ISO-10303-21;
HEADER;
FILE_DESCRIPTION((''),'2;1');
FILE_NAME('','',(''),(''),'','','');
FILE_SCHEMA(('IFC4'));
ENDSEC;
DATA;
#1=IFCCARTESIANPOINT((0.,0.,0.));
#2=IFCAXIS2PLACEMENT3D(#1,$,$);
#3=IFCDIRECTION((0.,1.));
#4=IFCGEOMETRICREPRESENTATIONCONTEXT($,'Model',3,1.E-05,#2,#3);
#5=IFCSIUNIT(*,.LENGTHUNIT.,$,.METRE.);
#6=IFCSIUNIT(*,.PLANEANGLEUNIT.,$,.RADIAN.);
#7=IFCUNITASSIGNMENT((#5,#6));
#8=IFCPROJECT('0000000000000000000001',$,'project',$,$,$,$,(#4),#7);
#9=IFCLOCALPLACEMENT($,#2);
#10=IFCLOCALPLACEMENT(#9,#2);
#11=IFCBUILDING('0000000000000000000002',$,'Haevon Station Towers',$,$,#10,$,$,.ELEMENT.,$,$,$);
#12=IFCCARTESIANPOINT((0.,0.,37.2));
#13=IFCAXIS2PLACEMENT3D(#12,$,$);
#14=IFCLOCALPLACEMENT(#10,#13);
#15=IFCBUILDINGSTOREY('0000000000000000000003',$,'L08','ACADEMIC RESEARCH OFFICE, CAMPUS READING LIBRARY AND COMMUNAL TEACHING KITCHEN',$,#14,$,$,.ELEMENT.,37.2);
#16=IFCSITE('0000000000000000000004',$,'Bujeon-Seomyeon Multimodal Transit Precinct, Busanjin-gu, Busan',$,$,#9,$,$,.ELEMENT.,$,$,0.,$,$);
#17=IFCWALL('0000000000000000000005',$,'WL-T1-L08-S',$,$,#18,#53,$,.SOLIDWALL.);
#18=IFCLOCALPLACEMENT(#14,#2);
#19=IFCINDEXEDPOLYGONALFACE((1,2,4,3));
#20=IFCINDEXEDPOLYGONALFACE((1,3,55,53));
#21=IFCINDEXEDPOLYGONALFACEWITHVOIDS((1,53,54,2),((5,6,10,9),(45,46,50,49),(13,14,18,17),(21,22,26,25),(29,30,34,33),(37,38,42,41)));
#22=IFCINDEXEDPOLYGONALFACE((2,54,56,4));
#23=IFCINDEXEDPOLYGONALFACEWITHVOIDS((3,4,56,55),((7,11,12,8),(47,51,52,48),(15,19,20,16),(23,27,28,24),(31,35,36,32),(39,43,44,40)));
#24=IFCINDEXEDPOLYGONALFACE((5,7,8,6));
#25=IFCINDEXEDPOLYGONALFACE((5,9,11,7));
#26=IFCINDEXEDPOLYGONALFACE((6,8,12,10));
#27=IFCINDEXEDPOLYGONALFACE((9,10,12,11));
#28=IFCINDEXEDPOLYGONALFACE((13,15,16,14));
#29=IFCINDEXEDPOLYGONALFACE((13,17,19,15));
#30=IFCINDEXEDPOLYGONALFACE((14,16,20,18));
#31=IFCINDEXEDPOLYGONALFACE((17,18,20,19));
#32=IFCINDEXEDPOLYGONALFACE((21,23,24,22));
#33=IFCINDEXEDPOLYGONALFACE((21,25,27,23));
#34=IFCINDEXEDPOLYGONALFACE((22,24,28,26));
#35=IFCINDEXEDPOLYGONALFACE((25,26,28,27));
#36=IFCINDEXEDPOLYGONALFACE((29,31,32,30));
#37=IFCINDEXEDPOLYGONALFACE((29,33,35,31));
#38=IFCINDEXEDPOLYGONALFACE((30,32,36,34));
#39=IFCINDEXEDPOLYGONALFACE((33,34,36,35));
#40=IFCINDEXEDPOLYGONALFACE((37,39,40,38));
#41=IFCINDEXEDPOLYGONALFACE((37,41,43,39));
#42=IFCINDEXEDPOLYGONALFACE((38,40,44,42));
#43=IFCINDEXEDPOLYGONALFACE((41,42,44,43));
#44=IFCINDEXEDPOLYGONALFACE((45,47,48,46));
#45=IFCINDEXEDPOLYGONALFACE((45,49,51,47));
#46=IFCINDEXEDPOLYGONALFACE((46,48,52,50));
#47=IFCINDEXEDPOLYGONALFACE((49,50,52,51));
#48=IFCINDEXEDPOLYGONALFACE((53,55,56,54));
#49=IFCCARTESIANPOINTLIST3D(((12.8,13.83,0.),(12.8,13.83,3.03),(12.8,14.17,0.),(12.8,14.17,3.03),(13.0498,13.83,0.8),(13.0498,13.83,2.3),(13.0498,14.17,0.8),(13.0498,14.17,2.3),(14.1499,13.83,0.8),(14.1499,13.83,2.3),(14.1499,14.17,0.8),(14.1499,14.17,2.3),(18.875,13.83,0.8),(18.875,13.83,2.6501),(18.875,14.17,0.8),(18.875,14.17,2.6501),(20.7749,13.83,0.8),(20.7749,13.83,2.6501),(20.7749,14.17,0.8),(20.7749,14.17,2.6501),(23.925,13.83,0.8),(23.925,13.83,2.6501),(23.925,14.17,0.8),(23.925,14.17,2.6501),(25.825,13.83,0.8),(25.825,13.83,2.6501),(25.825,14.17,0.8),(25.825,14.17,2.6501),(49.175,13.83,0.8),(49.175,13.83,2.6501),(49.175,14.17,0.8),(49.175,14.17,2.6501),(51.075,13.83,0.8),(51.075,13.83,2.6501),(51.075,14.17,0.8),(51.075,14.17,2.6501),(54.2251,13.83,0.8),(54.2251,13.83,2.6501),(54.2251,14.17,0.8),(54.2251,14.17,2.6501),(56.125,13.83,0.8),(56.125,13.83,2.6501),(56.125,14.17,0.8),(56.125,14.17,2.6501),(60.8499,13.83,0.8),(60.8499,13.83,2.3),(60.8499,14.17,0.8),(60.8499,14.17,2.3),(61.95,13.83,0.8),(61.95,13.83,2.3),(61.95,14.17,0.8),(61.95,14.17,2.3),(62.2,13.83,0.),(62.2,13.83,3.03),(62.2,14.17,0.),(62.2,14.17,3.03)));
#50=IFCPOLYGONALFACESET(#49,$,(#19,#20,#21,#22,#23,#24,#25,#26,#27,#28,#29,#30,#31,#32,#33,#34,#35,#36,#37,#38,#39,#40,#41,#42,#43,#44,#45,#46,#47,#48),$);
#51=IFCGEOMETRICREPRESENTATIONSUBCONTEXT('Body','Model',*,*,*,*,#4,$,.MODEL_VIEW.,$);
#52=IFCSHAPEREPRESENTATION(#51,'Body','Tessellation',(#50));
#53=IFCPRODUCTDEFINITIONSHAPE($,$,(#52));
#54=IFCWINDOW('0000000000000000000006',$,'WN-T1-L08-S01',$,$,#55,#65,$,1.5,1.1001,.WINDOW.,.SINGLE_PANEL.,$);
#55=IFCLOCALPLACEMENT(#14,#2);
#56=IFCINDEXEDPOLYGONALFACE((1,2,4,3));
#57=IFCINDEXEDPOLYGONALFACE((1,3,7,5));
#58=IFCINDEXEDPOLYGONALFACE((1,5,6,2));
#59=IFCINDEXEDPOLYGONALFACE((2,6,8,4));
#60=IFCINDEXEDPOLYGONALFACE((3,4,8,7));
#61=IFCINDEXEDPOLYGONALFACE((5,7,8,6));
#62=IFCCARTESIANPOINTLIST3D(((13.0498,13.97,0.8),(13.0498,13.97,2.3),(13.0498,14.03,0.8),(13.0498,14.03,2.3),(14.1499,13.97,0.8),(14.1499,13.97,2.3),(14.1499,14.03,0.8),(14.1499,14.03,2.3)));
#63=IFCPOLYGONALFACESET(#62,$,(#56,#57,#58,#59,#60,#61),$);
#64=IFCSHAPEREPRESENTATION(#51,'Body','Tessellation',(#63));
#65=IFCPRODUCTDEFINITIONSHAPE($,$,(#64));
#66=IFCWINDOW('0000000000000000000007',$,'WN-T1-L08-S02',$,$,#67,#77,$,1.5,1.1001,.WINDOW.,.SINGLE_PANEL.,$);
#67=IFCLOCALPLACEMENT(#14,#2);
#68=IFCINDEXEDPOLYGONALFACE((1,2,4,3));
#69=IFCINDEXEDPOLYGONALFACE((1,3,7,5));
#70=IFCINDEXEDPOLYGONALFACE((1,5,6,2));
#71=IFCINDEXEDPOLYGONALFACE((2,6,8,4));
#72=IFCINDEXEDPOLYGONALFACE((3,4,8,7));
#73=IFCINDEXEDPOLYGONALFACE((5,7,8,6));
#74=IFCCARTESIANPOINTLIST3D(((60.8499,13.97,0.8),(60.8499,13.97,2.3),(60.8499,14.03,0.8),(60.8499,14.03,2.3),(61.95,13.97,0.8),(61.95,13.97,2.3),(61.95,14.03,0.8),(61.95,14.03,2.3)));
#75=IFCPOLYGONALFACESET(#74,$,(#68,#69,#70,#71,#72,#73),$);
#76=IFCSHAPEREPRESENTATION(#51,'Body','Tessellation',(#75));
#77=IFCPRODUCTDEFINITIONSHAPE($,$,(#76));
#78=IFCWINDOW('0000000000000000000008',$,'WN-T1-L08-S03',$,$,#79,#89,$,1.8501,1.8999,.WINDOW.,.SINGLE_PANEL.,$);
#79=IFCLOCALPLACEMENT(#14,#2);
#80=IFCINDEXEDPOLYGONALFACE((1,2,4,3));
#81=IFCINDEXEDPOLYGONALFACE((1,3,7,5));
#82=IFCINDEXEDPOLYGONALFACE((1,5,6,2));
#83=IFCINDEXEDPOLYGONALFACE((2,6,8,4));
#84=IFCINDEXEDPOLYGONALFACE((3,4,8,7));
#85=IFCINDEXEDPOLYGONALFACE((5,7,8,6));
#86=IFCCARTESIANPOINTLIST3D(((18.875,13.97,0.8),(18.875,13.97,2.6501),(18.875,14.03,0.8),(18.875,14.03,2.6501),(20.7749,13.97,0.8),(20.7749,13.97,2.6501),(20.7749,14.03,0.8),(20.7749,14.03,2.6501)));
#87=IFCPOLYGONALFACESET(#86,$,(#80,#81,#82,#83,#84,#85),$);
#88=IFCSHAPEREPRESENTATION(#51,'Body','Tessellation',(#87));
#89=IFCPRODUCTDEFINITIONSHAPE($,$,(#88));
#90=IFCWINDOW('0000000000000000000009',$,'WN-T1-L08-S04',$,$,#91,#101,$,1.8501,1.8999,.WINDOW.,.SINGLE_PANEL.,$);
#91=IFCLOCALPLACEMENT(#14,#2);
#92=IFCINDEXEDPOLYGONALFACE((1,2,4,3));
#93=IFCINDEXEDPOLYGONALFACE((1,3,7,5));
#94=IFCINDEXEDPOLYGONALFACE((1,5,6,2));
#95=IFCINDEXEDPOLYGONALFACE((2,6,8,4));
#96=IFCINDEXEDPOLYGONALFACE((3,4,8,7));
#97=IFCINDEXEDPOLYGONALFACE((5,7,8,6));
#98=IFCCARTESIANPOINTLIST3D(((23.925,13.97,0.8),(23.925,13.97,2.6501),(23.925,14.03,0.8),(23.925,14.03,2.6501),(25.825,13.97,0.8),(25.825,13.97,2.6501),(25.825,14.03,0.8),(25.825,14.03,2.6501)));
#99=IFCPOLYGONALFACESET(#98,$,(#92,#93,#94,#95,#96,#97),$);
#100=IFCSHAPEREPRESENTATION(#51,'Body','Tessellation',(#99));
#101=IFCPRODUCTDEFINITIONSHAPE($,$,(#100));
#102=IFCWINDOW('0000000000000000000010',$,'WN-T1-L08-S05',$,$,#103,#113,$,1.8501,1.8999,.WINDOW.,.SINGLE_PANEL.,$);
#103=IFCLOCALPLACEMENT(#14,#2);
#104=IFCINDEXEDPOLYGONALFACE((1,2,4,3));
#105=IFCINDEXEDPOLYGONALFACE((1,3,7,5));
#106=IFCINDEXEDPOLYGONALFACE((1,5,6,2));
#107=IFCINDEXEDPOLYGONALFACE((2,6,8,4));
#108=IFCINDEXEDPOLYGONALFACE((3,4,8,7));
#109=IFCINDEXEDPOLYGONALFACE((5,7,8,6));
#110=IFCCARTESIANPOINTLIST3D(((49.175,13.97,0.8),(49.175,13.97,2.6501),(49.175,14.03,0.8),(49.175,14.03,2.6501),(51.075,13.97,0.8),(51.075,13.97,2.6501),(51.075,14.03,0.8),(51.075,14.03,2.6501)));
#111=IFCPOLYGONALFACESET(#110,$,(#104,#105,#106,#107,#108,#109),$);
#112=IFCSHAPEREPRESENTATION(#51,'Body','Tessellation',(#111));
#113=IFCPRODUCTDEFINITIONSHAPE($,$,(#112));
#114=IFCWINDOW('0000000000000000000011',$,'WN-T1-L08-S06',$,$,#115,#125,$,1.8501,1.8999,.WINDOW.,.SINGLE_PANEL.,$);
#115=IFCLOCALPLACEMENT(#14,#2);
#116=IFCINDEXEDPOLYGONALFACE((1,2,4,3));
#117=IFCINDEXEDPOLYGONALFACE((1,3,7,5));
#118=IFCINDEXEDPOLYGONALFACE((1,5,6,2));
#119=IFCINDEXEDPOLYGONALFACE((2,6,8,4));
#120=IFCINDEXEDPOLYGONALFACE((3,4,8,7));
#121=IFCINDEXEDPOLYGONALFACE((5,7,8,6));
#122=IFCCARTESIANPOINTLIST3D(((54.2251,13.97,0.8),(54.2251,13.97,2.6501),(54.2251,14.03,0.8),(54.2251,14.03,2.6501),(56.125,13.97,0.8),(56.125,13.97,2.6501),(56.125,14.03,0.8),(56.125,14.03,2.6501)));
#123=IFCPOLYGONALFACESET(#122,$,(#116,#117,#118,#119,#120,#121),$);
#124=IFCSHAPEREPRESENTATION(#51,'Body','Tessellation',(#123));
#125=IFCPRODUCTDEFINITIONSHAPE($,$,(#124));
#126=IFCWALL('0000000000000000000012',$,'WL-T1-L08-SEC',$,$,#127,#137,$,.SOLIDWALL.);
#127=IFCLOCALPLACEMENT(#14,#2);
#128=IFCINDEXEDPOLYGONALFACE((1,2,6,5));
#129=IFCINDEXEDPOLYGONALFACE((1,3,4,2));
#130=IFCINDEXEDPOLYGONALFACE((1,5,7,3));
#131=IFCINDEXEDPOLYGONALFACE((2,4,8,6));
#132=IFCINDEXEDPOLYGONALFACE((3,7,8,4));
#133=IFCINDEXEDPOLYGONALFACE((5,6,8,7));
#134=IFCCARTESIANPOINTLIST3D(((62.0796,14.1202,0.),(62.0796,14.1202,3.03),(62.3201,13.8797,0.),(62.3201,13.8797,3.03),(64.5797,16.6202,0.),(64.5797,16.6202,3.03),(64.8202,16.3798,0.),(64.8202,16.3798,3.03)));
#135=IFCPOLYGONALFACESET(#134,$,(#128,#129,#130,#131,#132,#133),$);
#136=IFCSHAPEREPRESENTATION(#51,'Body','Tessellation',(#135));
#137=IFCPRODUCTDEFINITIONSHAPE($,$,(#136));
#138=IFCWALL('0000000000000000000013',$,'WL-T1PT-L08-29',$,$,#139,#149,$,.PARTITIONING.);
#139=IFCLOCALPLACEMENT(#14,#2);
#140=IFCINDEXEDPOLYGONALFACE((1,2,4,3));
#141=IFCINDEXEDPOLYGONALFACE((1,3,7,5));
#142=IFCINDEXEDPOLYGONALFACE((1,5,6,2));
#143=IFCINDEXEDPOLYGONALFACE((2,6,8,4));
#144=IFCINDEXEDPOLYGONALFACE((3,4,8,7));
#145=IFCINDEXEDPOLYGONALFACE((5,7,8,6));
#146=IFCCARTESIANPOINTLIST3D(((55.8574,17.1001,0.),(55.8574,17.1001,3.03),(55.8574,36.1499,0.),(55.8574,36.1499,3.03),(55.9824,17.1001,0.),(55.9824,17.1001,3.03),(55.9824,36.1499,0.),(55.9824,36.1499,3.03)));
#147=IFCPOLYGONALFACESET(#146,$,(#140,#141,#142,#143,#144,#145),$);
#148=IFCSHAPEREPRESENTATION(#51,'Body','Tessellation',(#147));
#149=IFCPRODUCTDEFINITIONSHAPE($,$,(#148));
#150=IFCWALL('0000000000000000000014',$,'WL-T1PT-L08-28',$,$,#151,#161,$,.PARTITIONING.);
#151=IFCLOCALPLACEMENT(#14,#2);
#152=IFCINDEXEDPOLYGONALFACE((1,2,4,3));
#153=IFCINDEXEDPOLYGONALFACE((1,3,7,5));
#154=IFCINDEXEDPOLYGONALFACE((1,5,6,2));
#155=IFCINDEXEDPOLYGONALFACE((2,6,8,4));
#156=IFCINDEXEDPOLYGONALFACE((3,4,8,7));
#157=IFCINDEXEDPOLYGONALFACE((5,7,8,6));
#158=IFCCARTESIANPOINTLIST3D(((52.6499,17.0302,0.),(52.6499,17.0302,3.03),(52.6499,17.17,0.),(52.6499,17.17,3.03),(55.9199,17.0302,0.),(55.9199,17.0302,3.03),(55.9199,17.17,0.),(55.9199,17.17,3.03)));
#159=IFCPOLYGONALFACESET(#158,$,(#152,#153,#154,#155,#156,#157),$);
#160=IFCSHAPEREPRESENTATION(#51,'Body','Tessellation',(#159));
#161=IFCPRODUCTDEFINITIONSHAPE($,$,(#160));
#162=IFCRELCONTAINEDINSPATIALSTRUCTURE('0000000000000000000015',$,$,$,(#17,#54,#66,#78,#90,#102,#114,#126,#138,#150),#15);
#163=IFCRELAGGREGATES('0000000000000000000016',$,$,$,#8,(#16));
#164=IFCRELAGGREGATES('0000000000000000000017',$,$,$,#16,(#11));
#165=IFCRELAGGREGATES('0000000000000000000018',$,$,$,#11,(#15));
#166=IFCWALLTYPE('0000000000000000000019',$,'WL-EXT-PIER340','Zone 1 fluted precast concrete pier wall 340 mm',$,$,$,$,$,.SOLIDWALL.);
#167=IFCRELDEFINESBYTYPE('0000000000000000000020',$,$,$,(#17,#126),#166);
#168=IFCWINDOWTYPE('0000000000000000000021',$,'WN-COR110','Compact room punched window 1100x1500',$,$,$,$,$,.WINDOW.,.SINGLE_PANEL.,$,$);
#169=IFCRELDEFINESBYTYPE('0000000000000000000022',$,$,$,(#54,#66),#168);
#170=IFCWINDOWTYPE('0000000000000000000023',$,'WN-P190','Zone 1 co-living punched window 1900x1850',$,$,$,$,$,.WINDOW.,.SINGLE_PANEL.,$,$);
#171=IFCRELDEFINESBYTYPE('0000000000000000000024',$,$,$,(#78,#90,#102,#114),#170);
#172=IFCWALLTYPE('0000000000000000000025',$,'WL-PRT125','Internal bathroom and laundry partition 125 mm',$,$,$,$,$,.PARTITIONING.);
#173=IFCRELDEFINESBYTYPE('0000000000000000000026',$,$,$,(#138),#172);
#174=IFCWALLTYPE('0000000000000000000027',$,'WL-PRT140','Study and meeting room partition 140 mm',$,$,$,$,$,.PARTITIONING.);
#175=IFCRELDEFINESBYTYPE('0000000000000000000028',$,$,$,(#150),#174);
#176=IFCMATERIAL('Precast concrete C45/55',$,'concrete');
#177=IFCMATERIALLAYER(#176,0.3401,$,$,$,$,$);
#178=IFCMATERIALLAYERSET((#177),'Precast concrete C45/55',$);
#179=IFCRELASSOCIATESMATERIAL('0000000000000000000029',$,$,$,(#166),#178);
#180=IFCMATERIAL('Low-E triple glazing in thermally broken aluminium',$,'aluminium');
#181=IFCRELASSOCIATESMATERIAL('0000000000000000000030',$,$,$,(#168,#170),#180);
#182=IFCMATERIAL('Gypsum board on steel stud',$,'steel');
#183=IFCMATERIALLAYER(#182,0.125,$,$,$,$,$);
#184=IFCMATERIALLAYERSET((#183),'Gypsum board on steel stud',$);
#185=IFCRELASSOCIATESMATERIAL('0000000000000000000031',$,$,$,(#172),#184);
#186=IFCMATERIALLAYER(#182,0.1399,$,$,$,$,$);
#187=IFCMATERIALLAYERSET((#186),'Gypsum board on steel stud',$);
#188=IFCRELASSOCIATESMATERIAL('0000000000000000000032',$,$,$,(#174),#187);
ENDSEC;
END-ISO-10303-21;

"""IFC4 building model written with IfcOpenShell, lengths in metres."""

from ifc_helpers import new_model, si_unit, direction, frame, frame_2d, origin, place, context, subcontext, project, spatial, rectangle, extrude, material, layer, layer_set, type_object, element, fill, save


model = new_model("IFC4")

# Units and contexts
model_context = context("Model", 3, precision=1e-05, world=origin(), true_north=direction((0.0, 1.0)))
body_context = subcontext(model_context, "Body", "Model", "MODEL_VIEW")
ifc_project = project(units=[si_unit("LENGTHUNIT", "METRE"), si_unit("PLANEANGLEUNIT", "RADIAN")], contexts=[model_context])

# Site, building, storey
site_placement = place(None, origin())
site = spatial("IfcSite", under=ifc_project, at=site_placement, Name="Bujeon-Seomyeon Multimodal Transit Precinct, Busanjin-gu, Busan", CompositionType="ELEMENT", RefElevation=0.0)
building_placement = place(site_placement, origin())
building = spatial("IfcBuilding", under=site, at=building_placement, Name="Haevon Station Towers", CompositionType="ELEMENT")
storey_placement = place(building_placement, frame((0.0, 0.0, 37.2)))
storey = spatial("IfcBuildingStorey", under=building, at=storey_placement, Name="L08", Description="ACADEMIC RESEARCH OFFICE, CAMPUS READING LIBRARY AND COMMUNAL TEACHING KITCHEN", CompositionType="ELEMENT", Elevation=37.2)

# Wall, openings, windows
ifc_material_1 = material(Name="Precast concrete C45/55", Category="concrete")
ifc_layer_1 = layer(ifc_material_1, 0.3401)
ifc_layer_set_1 = layer_set([ifc_layer_1], Name="Precast concrete C45/55")
wall_type_1 = type_object("IfcWallType", Name="WL-EXT-PIER340", Description="Zone 1 fluted precast concrete pier wall 340 mm", PredefinedType="SOLIDWALL", material=ifc_layer_set_1)
wall_1_placement = place(storey_placement, frame((62.2, 14.0, 0.0), z_axis=(0.0, 0.0, 1.0), x_axis=(-1.0, 0.0, 0.0)))
wall_1 = element("IfcWall", 1, at=wall_1_placement, inside=storey, type_object=wall_type_1, Name="WL-T1-L08-S", PredefinedType="SOLIDWALL", context=body_context, shape_type="SweptSolid", body=[
    extrude(rectangle(XDim=49.3999, YDim=0.3401, at=frame_2d((24.7, 0.0))), origin(), (0.0, 0.0, 1.0), 3.03),
])
opening_1_placement = place(wall_1_placement, frame((48.05, 0.0, 0.8)))
opening_1 = element("IfcOpeningElement", 2, at=opening_1_placement, cuts=wall_1, PredefinedType="OPENING", context=body_context, shape_type="SweptSolid", body=[
    extrude(rectangle(XDim=1.1001, YDim=1.5, at=frame_2d((0.55, 0.75))), frame((0.0, 0.1799, 0.0), z_axis=(0.0, -1.0, 0.0), x_axis=(1.0, 0.0, 0.0)), (0.0, 0.0, 1.0), 0.3601),
])
opening_2_placement = place(wall_1_placement, frame((0.25, 0.0, 0.8)))
opening_2 = element("IfcOpeningElement", 3, at=opening_2_placement, cuts=wall_1, PredefinedType="OPENING", context=body_context, shape_type="SweptSolid", body=[
    extrude(rectangle(XDim=1.1001, YDim=1.5, at=frame_2d((0.55, 0.75))), frame((0.0, 0.1799, 0.0), z_axis=(0.0, -1.0, 0.0), x_axis=(1.0, 0.0, 0.0)), (0.0, 0.0, 1.0), 0.3601),
])
opening_3_placement = place(wall_1_placement, frame((41.425, 0.0, 0.8)))
opening_3 = element("IfcOpeningElement", 4, at=opening_3_placement, cuts=wall_1, PredefinedType="OPENING", context=body_context, shape_type="SweptSolid", body=[
    extrude(rectangle(XDim=1.8999, YDim=1.8501, at=frame_2d((0.95, 0.925))), frame((0.0, 0.1799, 0.0), z_axis=(0.0, -1.0, 0.0), x_axis=(1.0, 0.0, 0.0)), (0.0, 0.0, 1.0), 0.3601),
])
opening_4_placement = place(wall_1_placement, frame((36.375, 0.0, 0.8)))
opening_4 = element("IfcOpeningElement", 5, at=opening_4_placement, cuts=wall_1, PredefinedType="OPENING", context=body_context, shape_type="SweptSolid", body=[
    extrude(rectangle(XDim=1.8999, YDim=1.8501, at=frame_2d((0.95, 0.925))), frame((0.0, 0.1799, 0.0), z_axis=(0.0, -1.0, 0.0), x_axis=(1.0, 0.0, 0.0)), (0.0, 0.0, 1.0), 0.3601),
])
opening_5_placement = place(wall_1_placement, frame((11.125, 0.0, 0.8)))
opening_5 = element("IfcOpeningElement", 6, at=opening_5_placement, cuts=wall_1, PredefinedType="OPENING", context=body_context, shape_type="SweptSolid", body=[
    extrude(rectangle(XDim=1.8999, YDim=1.8501, at=frame_2d((0.95, 0.925))), frame((0.0, 0.1799, 0.0), z_axis=(0.0, -1.0, 0.0), x_axis=(1.0, 0.0, 0.0)), (0.0, 0.0, 1.0), 0.3601),
])
opening_6_placement = place(wall_1_placement, frame((6.075, 0.0, 0.8)))
opening_6 = element("IfcOpeningElement", 7, at=opening_6_placement, cuts=wall_1, PredefinedType="OPENING", context=body_context, shape_type="SweptSolid", body=[
    extrude(rectangle(XDim=1.8999, YDim=1.8501, at=frame_2d((0.95, 0.925))), frame((0.0, 0.1799, 0.0), z_axis=(0.0, -1.0, 0.0), x_axis=(1.0, 0.0, 0.0)), (0.0, 0.0, 1.0), 0.3601),
])
ifc_material_2 = material(Name="Low-E triple glazing in thermally broken aluminium", Category="aluminium")
window_type_1 = type_object("IfcWindowType", Name="WN-COR110", Description="Compact room punched window 1100x1500", PartitioningType="SINGLE_PANEL", PredefinedType="WINDOW", material=ifc_material_2)
window_1_placement = place(opening_1_placement, origin())
window_1 = element("IfcWindow", 8, at=window_1_placement, inside=storey, type_object=window_type_1, Name="WN-T1-L08-S01", OverallHeight=1.5, OverallWidth=1.1001, PartitioningType="SINGLE_PANEL", PredefinedType="WINDOW", context=body_context, shape_type="SweptSolid", body=[
    extrude(rectangle(XDim=1.1001, YDim=1.5, at=frame_2d((0.55, 0.75))), frame((0.0, 0.03, 0.0), z_axis=(0.0, -1.0, 0.0), x_axis=(1.0, 0.0, 0.0)), (0.0, 0.0, 1.0), 0.0601),
])
fill(opening_1, window_1)
window_2_placement = place(opening_2_placement, origin())
window_2 = element("IfcWindow", 9, at=window_2_placement, inside=storey, type_object=window_type_1, Name="WN-T1-L08-S02", OverallHeight=1.5, OverallWidth=1.1001, PartitioningType="SINGLE_PANEL", PredefinedType="WINDOW", context=body_context, shape_type="SweptSolid", body=[
    extrude(rectangle(XDim=1.1001, YDim=1.5, at=frame_2d((0.55, 0.75))), frame((0.0, 0.03, 0.0), z_axis=(0.0, -1.0, 0.0), x_axis=(1.0, 0.0, 0.0)), (0.0, 0.0, 1.0), 0.0601),
])
fill(opening_2, window_2)
window_type_2 = type_object("IfcWindowType", Name="WN-P190", Description="Zone 1 co-living punched window 1900x1850", PartitioningType="SINGLE_PANEL", PredefinedType="WINDOW", material=ifc_material_2)
window_3_placement = place(opening_3_placement, origin())
window_3 = element("IfcWindow", 10, at=window_3_placement, inside=storey, type_object=window_type_2, Name="WN-T1-L08-S03", OverallHeight=1.8501, OverallWidth=1.8999, PartitioningType="SINGLE_PANEL", PredefinedType="WINDOW", context=body_context, shape_type="SweptSolid", body=[
    extrude(rectangle(XDim=1.8999, YDim=1.8501, at=frame_2d((0.95, 0.925))), frame((0.0, 0.03, 0.0), z_axis=(0.0, -1.0, 0.0), x_axis=(1.0, 0.0, 0.0)), (0.0, 0.0, 1.0), 0.0601),
])
fill(opening_3, window_3)
window_4_placement = place(opening_4_placement, origin())
window_4 = element("IfcWindow", 11, at=window_4_placement, inside=storey, type_object=window_type_2, Name="WN-T1-L08-S04", OverallHeight=1.8501, OverallWidth=1.8999, PartitioningType="SINGLE_PANEL", PredefinedType="WINDOW", context=body_context, shape_type="SweptSolid", body=[
    extrude(rectangle(XDim=1.8999, YDim=1.8501, at=frame_2d((0.95, 0.925))), frame((0.0, 0.03, 0.0), z_axis=(0.0, -1.0, 0.0), x_axis=(1.0, 0.0, 0.0)), (0.0, 0.0, 1.0), 0.0601),
])
fill(opening_4, window_4)
window_5_placement = place(opening_5_placement, origin())
window_5 = element("IfcWindow", 12, at=window_5_placement, inside=storey, type_object=window_type_2, Name="WN-T1-L08-S05", OverallHeight=1.8501, OverallWidth=1.8999, PartitioningType="SINGLE_PANEL", PredefinedType="WINDOW", context=body_context, shape_type="SweptSolid", body=[
    extrude(rectangle(XDim=1.8999, YDim=1.8501, at=frame_2d((0.95, 0.925))), frame((0.0, 0.03, 0.0), z_axis=(0.0, -1.0, 0.0), x_axis=(1.0, 0.0, 0.0)), (0.0, 0.0, 1.0), 0.0601),
])
fill(opening_5, window_5)
window_6_placement = place(opening_6_placement, origin())
window_6 = element("IfcWindow", 13, at=window_6_placement, inside=storey, type_object=window_type_2, Name="WN-T1-L08-S06", OverallHeight=1.8501, OverallWidth=1.8999, PartitioningType="SINGLE_PANEL", PredefinedType="WINDOW", context=body_context, shape_type="SweptSolid", body=[
    extrude(rectangle(XDim=1.8999, YDim=1.8501, at=frame_2d((0.95, 0.925))), frame((0.0, 0.03, 0.0), z_axis=(0.0, -1.0, 0.0), x_axis=(1.0, 0.0, 0.0)), (0.0, 0.0, 1.0), 0.0601),
])
fill(opening_6, window_6)

# Walls
wall_2_placement = place(storey_placement, frame((64.7, 16.5, 0.0), z_axis=(0.0, 0.0, 1.0), x_axis=(-0.707107, -0.707107, 0.0)))
element("IfcWall", 14, at=wall_2_placement, inside=storey, type_object=wall_type_1, Name="WL-T1-L08-SEC", PredefinedType="SOLIDWALL", context=body_context, shape_type="SweptSolid", body=[
    extrude(rectangle(XDim=3.5356, YDim=0.3401, at=frame_2d((1.7678, 0.0))), origin(), (0.0, 0.0, 1.0), 3.03),
])
ifc_material_3 = material(Name="Gypsum board on steel stud", Category="steel")
ifc_layer_2 = layer(ifc_material_3, 0.125)
ifc_layer_set_2 = layer_set([ifc_layer_2], Name="Gypsum board on steel stud")
wall_type_2 = type_object("IfcWallType", Name="WL-PRT125", Description="Internal bathroom and laundry partition 125 mm", PredefinedType="PARTITIONING", material=ifc_layer_set_2)
wall_3_placement = place(storey_placement, frame((55.9199, 17.1001, 0.0), z_axis=(0.0, 0.0, 1.0), x_axis=(0.0, 1.0, 0.0)))
element("IfcWall", 15, at=wall_3_placement, inside=storey, type_object=wall_type_2, Name="WL-T1PT-L08-29", PredefinedType="PARTITIONING", context=body_context, shape_type="SweptSolid", body=[
    extrude(rectangle(XDim=19.0498, YDim=0.125, at=frame_2d((9.5249, 0.0))), origin(), (0.0, 0.0, 1.0), 3.03),
])
ifc_layer_3 = layer(ifc_material_3, 0.1399)
ifc_layer_set_3 = layer_set([ifc_layer_3], Name="Gypsum board on steel stud")
wall_type_3 = type_object("IfcWallType", Name="WL-PRT140", Description="Study and meeting room partition 140 mm", PredefinedType="PARTITIONING", material=ifc_layer_set_3)
wall_4_placement = place(storey_placement, frame((52.6499, 17.1001, 0.0), z_axis=(0.0, 0.0, 1.0), x_axis=(1.0, 0.0, 0.0)))
element("IfcWall", 16, at=wall_4_placement, inside=storey, type_object=wall_type_3, Name="WL-T1PT-L08-28", PredefinedType="PARTITIONING", context=body_context, shape_type="SweptSolid", body=[
    extrude(rectangle(XDim=3.27, YDim=0.1399, at=frame_2d((1.635, 0.0))), origin(), (0.0, 0.0, 1.0), 3.03),
])

save(model, "model.ifc")
